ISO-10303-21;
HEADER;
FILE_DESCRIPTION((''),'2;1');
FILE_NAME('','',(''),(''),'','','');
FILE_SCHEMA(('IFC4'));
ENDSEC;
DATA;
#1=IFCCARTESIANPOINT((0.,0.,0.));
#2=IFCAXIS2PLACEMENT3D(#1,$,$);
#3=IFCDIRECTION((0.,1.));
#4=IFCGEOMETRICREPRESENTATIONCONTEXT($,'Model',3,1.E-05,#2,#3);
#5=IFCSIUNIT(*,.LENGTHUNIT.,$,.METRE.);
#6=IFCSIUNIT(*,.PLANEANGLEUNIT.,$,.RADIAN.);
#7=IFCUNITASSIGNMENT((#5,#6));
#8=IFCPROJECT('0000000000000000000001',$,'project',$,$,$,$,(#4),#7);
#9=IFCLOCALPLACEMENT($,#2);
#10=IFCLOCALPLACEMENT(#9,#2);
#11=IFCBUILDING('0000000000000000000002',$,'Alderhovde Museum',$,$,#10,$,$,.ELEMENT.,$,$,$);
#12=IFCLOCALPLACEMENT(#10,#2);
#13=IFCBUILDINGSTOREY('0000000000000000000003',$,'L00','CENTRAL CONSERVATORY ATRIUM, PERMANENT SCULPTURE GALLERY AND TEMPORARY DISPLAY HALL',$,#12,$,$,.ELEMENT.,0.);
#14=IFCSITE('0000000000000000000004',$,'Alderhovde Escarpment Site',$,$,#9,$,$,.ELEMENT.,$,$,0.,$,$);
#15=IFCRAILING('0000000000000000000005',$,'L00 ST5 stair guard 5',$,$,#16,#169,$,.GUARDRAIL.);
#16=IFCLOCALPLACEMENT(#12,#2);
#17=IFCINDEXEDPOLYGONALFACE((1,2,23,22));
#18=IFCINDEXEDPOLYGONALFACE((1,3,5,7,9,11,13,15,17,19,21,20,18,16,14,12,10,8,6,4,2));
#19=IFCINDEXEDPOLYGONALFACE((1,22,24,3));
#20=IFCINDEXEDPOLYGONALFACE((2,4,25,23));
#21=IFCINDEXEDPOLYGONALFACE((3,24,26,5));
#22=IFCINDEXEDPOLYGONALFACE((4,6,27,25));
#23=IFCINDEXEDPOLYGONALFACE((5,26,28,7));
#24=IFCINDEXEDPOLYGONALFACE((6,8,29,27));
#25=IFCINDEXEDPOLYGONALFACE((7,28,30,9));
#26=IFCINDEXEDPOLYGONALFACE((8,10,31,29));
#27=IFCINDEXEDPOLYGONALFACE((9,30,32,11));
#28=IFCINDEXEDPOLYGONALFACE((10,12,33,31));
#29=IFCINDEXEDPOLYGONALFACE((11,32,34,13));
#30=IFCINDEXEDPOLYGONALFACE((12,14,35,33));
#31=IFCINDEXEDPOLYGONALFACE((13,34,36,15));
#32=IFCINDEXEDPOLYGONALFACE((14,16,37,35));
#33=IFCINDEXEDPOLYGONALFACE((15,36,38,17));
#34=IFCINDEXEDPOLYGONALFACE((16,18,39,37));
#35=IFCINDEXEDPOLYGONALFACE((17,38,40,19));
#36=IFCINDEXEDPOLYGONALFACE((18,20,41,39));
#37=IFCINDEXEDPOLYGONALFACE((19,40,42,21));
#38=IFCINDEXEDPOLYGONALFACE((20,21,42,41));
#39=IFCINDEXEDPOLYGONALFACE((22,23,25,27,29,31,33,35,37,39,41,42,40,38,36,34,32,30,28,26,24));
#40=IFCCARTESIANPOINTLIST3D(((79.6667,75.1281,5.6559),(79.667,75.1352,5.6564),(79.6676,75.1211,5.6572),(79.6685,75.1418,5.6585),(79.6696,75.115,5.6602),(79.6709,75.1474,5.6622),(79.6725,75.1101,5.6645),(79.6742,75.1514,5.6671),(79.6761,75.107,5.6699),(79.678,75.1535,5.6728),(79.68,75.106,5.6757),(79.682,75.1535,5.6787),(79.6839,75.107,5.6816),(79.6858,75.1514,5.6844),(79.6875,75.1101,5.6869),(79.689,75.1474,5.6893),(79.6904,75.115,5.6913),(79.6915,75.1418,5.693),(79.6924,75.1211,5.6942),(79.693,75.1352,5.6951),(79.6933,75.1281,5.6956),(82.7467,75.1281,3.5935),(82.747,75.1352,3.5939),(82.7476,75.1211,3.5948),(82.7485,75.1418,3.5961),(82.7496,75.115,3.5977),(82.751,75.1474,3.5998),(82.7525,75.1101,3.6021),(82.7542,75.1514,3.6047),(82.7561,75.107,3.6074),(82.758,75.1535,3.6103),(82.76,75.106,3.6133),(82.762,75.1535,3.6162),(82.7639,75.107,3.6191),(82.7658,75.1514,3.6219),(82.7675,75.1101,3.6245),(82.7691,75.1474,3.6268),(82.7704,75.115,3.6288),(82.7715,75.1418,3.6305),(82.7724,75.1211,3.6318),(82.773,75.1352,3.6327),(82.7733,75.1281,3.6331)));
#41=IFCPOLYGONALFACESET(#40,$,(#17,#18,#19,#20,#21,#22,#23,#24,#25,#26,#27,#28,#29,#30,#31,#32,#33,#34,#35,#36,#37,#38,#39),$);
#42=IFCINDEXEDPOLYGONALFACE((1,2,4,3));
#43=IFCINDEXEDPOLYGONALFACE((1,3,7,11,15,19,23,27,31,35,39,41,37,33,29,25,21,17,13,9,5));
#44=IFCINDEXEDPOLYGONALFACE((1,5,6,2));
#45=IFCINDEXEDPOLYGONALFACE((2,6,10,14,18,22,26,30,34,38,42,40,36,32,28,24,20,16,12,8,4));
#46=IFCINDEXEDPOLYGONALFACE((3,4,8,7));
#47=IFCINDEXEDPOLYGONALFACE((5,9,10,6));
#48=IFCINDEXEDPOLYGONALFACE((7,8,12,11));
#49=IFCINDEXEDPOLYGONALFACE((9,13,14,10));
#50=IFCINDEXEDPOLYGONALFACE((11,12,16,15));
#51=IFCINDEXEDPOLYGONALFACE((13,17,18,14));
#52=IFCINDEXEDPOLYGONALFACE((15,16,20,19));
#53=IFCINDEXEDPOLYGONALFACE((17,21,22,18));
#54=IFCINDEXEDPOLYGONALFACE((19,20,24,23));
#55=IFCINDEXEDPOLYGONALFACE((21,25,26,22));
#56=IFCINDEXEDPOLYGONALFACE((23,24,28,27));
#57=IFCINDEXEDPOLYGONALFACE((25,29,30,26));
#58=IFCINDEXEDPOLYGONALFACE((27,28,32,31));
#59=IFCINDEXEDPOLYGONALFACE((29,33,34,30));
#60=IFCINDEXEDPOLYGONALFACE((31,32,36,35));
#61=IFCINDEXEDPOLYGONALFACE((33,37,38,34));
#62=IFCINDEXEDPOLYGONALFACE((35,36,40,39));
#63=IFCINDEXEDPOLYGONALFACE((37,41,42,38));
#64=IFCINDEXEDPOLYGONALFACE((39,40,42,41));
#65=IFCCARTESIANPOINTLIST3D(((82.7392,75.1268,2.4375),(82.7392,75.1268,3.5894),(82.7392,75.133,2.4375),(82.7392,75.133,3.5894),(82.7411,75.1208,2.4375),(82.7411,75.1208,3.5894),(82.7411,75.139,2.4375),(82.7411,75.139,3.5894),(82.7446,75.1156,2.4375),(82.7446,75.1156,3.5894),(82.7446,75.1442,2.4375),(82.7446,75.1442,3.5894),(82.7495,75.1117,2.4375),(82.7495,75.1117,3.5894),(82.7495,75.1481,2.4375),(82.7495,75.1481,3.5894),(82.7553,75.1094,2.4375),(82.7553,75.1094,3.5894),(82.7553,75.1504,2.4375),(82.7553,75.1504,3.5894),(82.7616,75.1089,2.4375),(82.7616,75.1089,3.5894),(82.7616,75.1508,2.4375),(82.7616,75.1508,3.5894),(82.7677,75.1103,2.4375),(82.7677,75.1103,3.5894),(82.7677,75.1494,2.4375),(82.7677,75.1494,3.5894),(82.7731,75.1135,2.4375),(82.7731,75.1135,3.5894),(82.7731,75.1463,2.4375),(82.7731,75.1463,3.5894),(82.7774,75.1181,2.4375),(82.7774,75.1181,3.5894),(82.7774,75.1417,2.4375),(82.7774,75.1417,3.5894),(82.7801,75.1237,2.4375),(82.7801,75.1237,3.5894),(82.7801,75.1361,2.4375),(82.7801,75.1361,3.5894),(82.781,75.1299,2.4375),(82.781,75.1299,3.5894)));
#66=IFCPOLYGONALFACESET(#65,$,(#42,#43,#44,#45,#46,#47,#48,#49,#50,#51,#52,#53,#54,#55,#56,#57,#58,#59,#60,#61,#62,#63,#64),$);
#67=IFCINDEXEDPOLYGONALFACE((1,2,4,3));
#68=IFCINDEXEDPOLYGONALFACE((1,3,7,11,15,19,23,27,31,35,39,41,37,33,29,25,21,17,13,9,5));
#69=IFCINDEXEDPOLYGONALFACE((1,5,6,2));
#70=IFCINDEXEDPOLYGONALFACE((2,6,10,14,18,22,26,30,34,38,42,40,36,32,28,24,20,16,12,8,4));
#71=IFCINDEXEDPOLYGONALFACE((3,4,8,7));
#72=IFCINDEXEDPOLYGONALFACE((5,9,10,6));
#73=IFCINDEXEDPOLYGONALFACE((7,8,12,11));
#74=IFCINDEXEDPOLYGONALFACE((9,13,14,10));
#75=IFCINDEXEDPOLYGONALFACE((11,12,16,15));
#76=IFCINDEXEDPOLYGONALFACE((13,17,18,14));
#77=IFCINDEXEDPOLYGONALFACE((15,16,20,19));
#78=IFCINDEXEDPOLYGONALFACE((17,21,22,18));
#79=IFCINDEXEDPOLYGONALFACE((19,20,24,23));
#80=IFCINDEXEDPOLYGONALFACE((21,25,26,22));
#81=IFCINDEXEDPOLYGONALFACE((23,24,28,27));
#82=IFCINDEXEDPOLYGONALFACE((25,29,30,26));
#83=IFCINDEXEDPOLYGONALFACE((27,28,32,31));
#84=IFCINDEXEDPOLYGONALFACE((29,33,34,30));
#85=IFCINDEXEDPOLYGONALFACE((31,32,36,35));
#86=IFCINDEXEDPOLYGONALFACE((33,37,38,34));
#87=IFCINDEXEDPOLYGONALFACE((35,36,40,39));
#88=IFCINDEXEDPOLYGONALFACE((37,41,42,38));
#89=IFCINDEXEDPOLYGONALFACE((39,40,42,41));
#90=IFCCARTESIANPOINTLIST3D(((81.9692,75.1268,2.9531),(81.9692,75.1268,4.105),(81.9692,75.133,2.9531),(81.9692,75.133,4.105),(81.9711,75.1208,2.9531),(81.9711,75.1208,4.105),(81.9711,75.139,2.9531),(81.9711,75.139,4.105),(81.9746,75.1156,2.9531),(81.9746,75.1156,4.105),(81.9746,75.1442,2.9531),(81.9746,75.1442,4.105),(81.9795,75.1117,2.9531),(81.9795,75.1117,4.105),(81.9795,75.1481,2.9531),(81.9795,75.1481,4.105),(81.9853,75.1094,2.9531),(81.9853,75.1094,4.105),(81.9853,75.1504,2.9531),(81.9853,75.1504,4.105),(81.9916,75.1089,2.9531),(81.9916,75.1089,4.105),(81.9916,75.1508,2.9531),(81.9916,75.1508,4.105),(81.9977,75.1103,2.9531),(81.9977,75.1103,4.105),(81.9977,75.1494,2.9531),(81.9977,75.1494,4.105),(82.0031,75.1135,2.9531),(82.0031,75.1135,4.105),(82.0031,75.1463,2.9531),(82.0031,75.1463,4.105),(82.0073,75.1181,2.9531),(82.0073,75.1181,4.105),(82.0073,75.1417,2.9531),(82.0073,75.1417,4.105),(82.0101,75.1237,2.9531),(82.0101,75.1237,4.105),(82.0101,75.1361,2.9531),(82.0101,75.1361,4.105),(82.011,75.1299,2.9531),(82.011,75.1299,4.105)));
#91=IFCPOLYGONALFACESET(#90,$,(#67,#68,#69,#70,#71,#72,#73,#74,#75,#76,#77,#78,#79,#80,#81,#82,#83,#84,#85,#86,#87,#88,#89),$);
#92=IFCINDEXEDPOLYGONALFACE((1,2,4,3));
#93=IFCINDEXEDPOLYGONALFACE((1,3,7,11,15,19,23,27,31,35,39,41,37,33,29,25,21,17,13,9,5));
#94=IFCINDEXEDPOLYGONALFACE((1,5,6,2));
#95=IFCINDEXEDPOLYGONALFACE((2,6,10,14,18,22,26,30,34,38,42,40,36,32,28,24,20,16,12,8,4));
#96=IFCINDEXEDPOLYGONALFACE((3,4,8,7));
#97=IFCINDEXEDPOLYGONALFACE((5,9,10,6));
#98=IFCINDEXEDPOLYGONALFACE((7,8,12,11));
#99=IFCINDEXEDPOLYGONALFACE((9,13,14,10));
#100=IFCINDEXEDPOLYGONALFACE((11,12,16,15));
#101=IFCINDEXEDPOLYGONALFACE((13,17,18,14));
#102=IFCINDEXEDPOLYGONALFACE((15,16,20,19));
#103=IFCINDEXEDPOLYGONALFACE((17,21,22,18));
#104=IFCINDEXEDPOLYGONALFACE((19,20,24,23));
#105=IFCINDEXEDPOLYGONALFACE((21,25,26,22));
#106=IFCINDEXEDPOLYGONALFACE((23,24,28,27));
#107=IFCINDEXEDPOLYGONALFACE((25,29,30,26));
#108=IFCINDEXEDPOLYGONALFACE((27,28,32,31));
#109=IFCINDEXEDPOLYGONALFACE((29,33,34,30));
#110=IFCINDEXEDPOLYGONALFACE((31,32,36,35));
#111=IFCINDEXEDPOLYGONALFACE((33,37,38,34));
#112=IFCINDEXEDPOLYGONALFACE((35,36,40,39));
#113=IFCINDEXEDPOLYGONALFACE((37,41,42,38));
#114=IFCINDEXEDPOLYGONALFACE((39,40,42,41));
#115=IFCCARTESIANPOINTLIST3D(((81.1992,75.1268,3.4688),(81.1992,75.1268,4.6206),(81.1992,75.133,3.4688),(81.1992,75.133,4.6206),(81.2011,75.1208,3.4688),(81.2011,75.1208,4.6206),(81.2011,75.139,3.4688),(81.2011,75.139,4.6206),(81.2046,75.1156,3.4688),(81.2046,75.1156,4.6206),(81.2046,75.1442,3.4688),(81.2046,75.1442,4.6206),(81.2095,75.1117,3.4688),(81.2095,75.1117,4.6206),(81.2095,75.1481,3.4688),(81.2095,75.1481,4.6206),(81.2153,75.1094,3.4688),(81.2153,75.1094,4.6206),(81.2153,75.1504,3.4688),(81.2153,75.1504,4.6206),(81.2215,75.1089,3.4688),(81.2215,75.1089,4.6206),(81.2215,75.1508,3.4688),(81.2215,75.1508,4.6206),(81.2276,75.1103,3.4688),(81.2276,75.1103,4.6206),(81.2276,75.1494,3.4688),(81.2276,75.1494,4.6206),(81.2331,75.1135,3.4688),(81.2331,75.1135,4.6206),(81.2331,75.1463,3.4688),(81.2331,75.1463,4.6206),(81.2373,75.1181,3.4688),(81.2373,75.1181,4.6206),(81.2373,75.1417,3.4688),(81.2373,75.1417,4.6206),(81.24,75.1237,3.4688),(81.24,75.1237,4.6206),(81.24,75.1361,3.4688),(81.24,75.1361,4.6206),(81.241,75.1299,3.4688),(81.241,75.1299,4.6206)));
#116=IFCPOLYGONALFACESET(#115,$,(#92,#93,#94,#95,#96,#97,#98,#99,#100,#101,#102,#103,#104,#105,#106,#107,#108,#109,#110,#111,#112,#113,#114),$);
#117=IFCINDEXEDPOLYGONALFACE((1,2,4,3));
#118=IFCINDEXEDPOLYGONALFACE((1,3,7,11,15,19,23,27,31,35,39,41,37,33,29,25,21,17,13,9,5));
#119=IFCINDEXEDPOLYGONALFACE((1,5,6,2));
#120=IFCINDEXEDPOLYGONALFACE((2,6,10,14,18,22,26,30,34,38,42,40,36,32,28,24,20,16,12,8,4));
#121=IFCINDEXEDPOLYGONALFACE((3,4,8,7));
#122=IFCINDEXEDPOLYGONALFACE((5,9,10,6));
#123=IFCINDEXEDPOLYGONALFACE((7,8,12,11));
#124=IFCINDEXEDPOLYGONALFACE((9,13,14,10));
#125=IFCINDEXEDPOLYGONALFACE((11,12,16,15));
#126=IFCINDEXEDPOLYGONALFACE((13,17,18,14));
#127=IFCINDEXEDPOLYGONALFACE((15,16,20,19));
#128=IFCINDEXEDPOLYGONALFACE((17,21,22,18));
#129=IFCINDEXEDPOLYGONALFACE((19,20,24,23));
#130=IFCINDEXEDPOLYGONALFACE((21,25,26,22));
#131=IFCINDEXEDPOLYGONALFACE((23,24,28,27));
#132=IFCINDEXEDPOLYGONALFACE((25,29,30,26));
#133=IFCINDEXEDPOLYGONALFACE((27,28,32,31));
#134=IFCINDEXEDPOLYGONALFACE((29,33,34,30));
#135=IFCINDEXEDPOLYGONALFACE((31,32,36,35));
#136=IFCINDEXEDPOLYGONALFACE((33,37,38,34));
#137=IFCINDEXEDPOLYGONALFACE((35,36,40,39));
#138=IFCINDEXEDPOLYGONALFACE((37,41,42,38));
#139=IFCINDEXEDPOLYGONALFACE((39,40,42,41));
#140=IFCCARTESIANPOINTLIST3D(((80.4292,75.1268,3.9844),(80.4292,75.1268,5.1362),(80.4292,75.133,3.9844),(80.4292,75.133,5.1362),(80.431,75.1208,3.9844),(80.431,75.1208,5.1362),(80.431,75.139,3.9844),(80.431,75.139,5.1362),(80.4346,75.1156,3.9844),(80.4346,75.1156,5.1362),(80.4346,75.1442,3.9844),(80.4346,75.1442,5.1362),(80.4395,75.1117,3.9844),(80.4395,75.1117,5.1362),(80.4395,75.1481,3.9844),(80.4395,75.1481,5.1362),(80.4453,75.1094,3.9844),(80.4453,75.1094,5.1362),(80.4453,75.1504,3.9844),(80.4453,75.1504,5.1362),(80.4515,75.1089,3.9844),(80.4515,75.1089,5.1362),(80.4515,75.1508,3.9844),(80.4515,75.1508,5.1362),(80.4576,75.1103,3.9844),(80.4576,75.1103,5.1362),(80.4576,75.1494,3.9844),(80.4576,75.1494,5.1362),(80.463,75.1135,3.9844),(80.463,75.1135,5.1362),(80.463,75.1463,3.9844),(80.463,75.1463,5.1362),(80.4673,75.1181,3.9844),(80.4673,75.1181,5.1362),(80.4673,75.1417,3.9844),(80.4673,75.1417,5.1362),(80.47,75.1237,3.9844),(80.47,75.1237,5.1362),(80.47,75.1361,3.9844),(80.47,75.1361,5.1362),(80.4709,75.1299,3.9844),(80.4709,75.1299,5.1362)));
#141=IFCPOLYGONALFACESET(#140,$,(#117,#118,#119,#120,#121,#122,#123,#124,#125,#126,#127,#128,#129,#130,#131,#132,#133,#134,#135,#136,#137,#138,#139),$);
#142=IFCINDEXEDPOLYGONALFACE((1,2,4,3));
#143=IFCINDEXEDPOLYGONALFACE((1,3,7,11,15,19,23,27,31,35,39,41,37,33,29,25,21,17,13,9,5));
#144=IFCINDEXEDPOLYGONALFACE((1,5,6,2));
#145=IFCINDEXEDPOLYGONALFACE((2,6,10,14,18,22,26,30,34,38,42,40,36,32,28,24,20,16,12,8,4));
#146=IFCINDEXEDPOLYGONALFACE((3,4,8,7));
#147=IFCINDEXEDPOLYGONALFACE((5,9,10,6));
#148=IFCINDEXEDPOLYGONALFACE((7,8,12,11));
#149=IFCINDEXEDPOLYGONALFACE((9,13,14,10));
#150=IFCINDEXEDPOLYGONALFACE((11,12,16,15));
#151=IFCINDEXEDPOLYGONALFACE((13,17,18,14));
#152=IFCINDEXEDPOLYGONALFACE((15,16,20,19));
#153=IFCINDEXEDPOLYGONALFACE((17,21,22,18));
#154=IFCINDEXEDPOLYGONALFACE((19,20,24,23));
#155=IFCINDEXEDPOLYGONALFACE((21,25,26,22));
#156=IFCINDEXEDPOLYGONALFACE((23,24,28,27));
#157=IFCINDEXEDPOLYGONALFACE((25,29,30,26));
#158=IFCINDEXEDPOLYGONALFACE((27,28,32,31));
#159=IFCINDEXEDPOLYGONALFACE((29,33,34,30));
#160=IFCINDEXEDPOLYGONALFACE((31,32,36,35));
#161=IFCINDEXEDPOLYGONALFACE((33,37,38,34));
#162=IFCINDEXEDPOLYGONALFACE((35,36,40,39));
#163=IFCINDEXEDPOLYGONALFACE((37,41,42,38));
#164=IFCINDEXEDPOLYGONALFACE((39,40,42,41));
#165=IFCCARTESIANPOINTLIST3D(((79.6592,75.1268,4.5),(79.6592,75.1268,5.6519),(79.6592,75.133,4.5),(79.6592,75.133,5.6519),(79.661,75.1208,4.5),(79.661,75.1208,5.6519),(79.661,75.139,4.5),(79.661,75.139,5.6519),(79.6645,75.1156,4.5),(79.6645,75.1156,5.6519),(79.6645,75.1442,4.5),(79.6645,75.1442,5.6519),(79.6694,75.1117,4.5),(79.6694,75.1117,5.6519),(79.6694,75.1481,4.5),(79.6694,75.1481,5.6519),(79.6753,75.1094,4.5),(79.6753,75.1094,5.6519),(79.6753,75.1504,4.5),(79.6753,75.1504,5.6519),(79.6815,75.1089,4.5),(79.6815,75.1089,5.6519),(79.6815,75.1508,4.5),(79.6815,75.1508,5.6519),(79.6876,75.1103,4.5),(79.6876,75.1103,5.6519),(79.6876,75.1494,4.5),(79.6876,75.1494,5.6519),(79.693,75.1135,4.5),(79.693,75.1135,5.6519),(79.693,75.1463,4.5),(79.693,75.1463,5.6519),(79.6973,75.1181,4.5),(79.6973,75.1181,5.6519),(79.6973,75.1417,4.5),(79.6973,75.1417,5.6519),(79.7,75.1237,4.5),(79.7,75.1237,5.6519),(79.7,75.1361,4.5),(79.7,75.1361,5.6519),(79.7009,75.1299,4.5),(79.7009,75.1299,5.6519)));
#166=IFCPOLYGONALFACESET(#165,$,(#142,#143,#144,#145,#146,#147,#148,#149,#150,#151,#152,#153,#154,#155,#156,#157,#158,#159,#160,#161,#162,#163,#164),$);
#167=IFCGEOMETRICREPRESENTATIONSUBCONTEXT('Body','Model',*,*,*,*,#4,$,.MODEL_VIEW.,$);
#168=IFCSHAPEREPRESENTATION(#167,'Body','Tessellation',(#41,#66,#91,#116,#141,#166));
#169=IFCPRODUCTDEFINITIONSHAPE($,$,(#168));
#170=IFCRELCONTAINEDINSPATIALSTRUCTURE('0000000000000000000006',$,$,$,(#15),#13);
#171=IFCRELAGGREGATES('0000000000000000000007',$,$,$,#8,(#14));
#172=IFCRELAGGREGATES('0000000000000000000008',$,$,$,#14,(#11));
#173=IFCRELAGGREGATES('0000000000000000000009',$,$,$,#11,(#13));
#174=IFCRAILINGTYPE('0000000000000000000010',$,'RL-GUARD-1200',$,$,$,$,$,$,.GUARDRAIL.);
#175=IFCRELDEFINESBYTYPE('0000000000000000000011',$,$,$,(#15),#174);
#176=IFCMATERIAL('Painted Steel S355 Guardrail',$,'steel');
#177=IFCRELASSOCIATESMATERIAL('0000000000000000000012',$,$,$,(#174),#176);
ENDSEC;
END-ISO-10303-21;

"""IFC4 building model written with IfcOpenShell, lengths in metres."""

from ifc_helpers import new_model, si_unit, direction, frame, origin, origin_2d, place, context, subcontext, project, spatial, circle, extrude, material, type_object, element, save


model = new_model("IFC4")

# Units and contexts
model_context = context("Model", 3, precision=1e-05, world=origin(), true_north=direction((0.0, 1.0)))
body_context = subcontext(model_context, "Body", "Model", "MODEL_VIEW")
ifc_project = project(units=[si_unit("LENGTHUNIT", "METRE"), si_unit("PLANEANGLEUNIT", "RADIAN")], contexts=[model_context])

# Site, building, storey
site_placement = place(None, origin())
site = spatial("IfcSite", under=ifc_project, at=site_placement, Name="Alderhovde Escarpment Site", CompositionType="ELEMENT", RefElevation=0.0)
building_placement = place(site_placement, origin())
building = spatial("IfcBuilding", under=site, at=building_placement, Name="Alderhovde Museum", CompositionType="ELEMENT")
storey_placement = place(building_placement, origin())
storey = spatial("IfcBuildingStorey", under=building, at=storey_placement, Name="L00", Description="CENTRAL CONSERVATORY ATRIUM, PERMANENT SCULPTURE GALLERY AND TEMPORARY DISPLAY HALL", CompositionType="ELEMENT", Elevation=0.0)

# Railing
ifc_material_1 = material(Name="Painted Steel S355 Guardrail", Category="steel")
railing_type_1 = type_object("IfcRailingType", Name="RL-GUARD-1200", PredefinedType="GUARDRAIL", material=ifc_material_1)
railing_1_placement = place(storey_placement, frame((82.76, 75.1299, 2.4375)))
element("IfcRailing", 1, at=railing_1_placement, inside=storey, type_object=railing_type_1, Name="L00 ST5 stair guard 5", PredefinedType="GUARDRAIL", context=body_context, shape_type="SweptSolid", body=[
    extrude(circle(Radius=0.0239, at=origin_2d()), frame((0.0, 0.0, 1.1758), z_axis=(-0.830914, 0.0, 0.556401), x_axis=(0.0, -1.0, 0.0)), (0.0, 0.0, 1.0), 3.7068),
    extrude(circle(Radius=0.021, at=origin_2d()), origin(), (0.0, 0.0, 1.0), 1.1519),
    extrude(circle(Radius=0.021, at=origin_2d()), frame((-0.77, 0.0, 0.5156)), (0.0, 0.0, 1.0), 1.1519),
    extrude(circle(Radius=0.021, at=origin_2d()), frame((-1.54, 0.0, 1.0312)), (0.0, 0.0, 1.0), 1.1519),
    extrude(circle(Radius=0.021, at=origin_2d()), frame((-2.3101, 0.0, 1.5469)), (0.0, 0.0, 1.0), 1.1519),
    extrude(circle(Radius=0.021, at=origin_2d()), frame((-3.0801, 0.0, 2.0625)), (0.0, 0.0, 1.0), 1.1519),
])

save(model, "model.ifc")
